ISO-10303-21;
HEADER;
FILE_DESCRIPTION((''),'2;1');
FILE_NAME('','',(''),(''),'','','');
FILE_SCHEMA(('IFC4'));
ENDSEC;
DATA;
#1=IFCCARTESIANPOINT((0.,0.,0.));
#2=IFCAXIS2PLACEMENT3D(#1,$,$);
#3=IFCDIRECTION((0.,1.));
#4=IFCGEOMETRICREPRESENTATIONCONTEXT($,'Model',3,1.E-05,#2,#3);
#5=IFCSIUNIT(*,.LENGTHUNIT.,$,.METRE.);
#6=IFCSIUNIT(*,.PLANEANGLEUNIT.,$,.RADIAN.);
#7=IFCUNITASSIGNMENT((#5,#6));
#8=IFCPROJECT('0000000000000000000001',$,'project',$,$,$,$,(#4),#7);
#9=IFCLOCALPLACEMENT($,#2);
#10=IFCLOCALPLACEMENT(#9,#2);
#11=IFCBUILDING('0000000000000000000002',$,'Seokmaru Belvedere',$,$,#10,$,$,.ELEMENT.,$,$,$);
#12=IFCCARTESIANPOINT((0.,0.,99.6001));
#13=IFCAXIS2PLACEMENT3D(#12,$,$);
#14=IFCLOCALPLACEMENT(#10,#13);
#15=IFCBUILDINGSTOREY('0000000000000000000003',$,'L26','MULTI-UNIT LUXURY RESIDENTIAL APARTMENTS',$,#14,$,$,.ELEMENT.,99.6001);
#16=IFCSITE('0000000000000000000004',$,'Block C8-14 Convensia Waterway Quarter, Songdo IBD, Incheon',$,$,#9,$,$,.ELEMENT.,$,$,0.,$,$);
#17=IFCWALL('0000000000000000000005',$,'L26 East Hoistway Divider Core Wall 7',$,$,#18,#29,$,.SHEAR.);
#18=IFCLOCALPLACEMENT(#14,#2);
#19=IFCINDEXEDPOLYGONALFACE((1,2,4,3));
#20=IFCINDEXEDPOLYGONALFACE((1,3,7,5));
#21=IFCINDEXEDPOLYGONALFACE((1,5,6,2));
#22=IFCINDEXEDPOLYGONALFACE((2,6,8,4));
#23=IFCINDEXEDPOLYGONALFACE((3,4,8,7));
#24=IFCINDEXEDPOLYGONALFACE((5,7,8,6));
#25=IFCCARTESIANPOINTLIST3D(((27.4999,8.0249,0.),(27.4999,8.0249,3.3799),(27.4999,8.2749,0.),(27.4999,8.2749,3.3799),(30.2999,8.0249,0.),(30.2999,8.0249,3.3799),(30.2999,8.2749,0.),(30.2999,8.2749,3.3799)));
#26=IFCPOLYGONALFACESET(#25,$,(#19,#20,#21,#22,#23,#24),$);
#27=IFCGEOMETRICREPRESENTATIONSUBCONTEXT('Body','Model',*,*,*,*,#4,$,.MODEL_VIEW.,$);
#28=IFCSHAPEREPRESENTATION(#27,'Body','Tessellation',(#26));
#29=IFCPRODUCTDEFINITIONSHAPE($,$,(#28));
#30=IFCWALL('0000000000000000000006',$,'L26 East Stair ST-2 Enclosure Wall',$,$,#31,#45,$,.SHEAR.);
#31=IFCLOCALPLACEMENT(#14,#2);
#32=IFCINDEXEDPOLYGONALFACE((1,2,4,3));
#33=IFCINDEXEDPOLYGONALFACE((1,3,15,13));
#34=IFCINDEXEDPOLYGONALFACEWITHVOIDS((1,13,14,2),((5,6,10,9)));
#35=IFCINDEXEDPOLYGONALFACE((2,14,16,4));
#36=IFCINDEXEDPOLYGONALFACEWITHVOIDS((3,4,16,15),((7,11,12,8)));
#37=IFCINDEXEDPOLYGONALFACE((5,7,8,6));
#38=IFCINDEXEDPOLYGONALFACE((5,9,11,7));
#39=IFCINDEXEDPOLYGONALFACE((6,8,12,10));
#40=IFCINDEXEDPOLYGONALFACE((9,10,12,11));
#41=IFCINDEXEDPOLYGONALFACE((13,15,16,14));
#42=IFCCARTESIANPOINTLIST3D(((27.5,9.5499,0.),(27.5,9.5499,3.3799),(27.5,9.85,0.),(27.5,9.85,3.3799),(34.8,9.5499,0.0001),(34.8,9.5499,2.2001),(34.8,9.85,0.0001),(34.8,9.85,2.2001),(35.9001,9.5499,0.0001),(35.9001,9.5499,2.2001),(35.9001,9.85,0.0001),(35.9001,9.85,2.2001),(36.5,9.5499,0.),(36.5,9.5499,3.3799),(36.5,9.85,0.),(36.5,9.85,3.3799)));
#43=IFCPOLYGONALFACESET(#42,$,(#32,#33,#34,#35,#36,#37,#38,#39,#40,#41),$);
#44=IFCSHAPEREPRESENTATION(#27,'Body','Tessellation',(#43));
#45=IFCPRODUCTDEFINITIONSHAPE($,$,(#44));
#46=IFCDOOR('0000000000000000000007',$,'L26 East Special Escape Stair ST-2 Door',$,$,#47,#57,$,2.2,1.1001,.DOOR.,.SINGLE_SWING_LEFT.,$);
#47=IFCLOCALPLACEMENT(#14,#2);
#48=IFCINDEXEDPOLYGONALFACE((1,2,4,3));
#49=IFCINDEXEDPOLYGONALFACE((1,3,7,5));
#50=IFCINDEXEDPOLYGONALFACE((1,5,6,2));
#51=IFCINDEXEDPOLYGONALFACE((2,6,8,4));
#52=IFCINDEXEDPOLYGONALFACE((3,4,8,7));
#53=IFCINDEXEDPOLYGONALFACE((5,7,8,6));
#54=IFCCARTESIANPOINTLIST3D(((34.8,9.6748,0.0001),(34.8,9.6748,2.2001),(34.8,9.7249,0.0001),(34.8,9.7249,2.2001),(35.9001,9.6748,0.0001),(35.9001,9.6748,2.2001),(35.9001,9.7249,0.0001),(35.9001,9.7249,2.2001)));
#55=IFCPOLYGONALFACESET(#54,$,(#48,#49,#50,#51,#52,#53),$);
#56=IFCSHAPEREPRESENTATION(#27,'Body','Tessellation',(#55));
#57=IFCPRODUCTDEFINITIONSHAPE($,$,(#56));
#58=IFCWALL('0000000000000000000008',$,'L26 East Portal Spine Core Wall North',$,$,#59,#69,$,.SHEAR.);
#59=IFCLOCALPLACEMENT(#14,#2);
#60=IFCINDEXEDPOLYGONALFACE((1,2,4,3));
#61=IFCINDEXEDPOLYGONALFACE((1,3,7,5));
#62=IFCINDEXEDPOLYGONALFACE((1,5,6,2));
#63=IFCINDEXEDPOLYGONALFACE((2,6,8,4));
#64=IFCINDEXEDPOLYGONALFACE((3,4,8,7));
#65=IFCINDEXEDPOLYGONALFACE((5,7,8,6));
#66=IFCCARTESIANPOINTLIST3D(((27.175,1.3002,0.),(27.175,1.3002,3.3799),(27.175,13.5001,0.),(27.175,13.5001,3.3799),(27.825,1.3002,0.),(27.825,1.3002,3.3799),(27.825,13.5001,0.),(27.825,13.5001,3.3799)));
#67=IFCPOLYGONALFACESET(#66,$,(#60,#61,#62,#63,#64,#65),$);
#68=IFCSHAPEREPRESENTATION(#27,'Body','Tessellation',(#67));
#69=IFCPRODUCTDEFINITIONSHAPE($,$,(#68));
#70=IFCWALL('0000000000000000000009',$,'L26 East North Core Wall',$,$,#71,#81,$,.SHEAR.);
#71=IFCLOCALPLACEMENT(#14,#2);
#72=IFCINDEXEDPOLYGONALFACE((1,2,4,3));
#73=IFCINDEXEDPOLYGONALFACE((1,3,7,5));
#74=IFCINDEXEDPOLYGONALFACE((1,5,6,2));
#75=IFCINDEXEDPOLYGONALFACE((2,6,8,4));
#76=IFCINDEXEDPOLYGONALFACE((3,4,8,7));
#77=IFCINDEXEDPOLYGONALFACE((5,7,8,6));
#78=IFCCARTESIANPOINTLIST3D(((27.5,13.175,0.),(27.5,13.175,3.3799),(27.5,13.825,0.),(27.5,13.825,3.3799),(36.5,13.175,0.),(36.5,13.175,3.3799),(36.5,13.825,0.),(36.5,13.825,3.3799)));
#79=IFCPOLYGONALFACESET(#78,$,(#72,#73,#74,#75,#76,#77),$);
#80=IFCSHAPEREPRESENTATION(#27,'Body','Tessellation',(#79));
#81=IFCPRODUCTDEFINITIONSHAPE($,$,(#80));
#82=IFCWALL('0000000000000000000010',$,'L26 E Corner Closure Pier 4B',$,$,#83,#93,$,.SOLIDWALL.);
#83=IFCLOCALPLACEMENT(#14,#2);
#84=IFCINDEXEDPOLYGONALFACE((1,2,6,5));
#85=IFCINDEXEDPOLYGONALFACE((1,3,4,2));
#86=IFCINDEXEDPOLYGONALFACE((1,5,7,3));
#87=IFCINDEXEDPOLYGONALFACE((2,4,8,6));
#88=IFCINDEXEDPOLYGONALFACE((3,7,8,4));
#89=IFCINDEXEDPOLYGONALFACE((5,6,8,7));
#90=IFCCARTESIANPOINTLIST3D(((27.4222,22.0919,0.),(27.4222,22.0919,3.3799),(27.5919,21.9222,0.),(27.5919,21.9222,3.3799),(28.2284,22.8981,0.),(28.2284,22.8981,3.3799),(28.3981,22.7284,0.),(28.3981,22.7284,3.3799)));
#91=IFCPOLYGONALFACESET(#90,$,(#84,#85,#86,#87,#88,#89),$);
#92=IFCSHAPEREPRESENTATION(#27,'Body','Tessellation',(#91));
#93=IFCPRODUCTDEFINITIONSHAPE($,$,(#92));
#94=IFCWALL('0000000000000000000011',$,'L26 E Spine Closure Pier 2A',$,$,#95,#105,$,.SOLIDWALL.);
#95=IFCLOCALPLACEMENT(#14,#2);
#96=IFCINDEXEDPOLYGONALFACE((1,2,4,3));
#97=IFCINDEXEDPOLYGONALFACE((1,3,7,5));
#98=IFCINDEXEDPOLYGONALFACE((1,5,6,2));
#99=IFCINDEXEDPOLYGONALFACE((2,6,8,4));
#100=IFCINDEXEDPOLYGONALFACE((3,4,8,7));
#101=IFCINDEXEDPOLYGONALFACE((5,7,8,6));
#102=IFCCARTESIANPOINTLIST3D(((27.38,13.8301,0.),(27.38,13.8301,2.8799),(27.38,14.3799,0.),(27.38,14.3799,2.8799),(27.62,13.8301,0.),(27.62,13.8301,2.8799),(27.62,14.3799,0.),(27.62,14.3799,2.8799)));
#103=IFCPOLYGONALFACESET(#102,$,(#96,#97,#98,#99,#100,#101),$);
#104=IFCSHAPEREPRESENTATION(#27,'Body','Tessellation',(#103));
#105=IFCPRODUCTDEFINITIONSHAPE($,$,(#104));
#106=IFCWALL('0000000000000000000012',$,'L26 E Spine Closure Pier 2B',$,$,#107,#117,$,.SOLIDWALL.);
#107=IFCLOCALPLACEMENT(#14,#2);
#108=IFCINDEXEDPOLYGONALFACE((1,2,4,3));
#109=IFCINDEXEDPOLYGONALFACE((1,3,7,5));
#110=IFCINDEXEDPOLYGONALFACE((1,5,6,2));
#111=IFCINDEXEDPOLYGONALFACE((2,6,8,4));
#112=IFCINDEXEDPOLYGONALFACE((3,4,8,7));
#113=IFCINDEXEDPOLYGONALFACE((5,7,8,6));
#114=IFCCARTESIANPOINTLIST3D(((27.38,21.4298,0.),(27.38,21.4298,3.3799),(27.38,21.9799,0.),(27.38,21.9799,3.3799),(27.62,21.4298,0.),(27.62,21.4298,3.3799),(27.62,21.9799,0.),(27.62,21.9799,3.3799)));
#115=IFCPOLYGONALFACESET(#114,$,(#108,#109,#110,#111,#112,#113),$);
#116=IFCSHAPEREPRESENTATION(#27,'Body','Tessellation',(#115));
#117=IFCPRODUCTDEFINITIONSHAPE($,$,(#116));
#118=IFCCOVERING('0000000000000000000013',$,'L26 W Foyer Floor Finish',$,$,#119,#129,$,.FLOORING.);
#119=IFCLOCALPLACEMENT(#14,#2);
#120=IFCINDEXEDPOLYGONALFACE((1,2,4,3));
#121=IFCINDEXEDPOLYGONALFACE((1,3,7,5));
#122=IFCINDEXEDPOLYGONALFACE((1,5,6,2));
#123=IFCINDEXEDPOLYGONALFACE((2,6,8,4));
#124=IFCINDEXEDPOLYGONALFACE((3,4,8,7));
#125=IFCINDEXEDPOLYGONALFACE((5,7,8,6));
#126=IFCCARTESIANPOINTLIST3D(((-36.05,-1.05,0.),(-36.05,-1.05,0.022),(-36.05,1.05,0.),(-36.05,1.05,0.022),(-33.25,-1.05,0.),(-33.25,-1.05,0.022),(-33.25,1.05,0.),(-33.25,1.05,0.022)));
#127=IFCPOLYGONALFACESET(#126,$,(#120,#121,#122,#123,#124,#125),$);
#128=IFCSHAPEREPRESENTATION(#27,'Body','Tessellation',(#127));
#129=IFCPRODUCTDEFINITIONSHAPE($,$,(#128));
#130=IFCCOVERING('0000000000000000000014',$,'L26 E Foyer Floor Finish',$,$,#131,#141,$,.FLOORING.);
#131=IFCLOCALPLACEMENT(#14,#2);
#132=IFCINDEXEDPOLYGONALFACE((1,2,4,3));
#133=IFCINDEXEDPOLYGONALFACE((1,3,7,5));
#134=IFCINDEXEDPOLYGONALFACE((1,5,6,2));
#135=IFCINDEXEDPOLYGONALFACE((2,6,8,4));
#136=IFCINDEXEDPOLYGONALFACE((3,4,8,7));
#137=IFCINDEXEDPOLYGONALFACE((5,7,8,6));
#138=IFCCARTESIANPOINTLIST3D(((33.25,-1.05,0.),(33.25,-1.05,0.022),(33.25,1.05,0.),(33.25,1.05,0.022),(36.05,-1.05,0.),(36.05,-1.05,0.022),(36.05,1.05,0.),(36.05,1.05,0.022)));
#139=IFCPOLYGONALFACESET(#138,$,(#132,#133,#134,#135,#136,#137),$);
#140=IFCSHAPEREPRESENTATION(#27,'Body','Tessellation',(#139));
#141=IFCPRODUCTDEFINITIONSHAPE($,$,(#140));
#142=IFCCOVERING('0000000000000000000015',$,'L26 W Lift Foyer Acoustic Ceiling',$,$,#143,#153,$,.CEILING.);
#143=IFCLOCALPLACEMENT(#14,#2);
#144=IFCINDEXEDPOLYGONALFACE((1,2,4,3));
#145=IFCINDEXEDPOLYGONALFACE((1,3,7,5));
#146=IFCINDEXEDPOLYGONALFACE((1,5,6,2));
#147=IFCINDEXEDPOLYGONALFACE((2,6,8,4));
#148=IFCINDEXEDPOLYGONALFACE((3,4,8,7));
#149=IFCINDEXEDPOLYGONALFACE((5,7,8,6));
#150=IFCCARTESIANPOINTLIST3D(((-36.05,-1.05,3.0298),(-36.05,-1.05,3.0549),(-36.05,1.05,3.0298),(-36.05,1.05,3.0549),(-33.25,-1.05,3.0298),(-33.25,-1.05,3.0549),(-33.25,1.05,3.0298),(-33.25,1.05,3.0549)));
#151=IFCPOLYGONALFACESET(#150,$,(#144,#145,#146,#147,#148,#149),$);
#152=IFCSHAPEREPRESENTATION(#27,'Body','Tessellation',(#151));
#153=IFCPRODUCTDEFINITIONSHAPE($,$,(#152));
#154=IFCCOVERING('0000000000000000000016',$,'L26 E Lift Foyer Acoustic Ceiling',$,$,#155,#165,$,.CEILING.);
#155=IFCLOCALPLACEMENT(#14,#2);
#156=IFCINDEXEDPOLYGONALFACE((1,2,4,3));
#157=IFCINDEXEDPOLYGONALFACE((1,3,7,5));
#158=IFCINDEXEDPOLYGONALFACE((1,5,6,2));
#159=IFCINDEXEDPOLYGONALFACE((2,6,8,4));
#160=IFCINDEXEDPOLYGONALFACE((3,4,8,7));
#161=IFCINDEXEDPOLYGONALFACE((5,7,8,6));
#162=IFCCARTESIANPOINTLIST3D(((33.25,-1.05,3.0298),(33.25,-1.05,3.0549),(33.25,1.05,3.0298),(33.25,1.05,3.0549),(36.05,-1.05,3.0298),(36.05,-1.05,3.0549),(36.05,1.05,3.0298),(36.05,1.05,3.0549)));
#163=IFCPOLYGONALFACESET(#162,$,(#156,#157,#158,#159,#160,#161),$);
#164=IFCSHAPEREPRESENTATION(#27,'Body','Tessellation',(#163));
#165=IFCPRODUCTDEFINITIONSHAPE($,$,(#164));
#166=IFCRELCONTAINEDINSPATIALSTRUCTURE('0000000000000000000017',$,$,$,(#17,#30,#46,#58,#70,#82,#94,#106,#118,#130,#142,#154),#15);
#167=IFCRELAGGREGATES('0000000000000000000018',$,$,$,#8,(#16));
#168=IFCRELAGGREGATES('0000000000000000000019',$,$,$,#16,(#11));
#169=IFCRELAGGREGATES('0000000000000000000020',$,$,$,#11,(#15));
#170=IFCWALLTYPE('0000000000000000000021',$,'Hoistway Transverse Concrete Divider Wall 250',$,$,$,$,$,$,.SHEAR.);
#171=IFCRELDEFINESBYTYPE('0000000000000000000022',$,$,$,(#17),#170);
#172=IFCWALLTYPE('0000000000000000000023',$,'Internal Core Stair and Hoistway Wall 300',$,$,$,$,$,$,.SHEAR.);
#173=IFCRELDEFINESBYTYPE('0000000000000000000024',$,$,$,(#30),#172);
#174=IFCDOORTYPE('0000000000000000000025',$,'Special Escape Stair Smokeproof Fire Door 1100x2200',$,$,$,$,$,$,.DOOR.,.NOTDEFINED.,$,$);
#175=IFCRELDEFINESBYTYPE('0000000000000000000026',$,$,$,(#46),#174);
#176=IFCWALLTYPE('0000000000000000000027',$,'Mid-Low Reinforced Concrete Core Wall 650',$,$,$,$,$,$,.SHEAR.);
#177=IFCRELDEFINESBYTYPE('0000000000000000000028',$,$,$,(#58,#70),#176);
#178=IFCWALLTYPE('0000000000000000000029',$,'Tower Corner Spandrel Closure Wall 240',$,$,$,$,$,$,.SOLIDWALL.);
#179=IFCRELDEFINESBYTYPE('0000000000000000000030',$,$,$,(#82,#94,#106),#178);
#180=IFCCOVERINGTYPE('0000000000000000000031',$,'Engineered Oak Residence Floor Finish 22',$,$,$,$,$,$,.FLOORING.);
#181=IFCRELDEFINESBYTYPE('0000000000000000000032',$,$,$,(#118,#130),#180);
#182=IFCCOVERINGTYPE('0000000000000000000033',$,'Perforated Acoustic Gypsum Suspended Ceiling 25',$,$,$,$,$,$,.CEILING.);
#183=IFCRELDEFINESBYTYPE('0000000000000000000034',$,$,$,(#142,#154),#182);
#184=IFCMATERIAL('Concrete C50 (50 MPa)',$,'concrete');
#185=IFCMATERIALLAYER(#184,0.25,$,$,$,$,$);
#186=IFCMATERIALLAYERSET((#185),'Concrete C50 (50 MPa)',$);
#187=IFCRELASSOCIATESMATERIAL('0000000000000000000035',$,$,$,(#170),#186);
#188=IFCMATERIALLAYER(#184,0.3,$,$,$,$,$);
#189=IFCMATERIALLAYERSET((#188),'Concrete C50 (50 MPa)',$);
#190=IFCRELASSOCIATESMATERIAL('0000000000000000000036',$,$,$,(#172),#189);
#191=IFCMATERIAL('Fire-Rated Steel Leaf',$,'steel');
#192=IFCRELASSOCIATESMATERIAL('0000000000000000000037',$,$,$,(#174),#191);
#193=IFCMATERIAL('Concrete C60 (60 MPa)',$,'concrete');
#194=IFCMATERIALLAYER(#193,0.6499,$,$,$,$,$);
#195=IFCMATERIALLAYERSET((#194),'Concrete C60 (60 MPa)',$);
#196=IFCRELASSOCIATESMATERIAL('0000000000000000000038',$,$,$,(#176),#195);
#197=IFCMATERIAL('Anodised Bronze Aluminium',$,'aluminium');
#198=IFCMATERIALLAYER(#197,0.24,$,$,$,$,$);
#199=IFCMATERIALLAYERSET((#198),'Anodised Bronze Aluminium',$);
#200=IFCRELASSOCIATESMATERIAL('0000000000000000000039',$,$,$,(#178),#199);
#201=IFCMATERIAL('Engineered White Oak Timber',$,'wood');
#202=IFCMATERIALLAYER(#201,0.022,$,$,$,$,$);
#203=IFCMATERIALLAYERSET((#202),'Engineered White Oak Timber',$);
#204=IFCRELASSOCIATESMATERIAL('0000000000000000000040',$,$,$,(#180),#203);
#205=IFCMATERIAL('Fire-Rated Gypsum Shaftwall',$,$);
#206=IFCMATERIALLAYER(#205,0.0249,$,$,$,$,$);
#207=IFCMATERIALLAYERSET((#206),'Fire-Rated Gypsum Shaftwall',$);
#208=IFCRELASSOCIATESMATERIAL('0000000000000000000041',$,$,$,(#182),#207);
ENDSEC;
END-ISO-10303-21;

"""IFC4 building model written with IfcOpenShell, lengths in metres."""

from ifc_helpers import new_model, si_unit, direction, frame, frame_2d, origin, place, context, subcontext, project, spatial, polyline, rectangle, outline, extrude, source, transform, mapped, material, layer, layer_set, type_object, type_shapes, element, fill, save


model = new_model("IFC4")

# Units and contexts
model_context = context("Model", 3, precision=1e-05, world=origin(), true_north=direction((0.0, 1.0)))
body_context = subcontext(model_context, "Body", "Model", "MODEL_VIEW")
ifc_project = project(units=[si_unit("LENGTHUNIT", "METRE"), si_unit("PLANEANGLEUNIT", "RADIAN")], contexts=[model_context])

# Site, building, storey
site_placement = place(None, origin())
site = spatial("IfcSite", under=ifc_project, at=site_placement, Name="Block C8-14 Convensia Waterway Quarter, Songdo IBD, Incheon", CompositionType="ELEMENT", RefElevation=0.0)
building_placement = place(site_placement, origin())
building = spatial("IfcBuilding", under=site, at=building_placement, Name="Seokmaru Belvedere", CompositionType="ELEMENT")
storey_placement = place(building_placement, frame((0.0, 0.0, 99.6001)))
storey = spatial("IfcBuildingStorey", under=building, at=storey_placement, Name="L26", Description="MULTI-UNIT LUXURY RESIDENTIAL APARTMENTS", CompositionType="ELEMENT", Elevation=99.6001)

# Shared definitions
ifc_material_1 = material(Name="Anodised Bronze Aluminium", Category="aluminium")

# Shared definitions
ifc_material_2 = material(Name="Fire-Rated Gypsum Shaftwall")
ifc_material_3 = material(Name="Engineered White Oak Timber", Category="wood")

# Wall
ifc_material_4 = material(Name="Concrete C50 (50 MPa)", Category="concrete")
ifc_layer_1 = layer(ifc_material_4, 0.25)
ifc_layer_set_1 = layer_set([ifc_layer_1], Name="Concrete C50 (50 MPa)")
wall_type_1 = type_object("IfcWallType", Name="Hoistway Transverse Concrete Divider Wall 250", PredefinedType="SHEAR", material=ifc_layer_set_1)
for number, where, z_axis, x_axis, name in (
    (1, (27.5, 8.1499, 0.0), (0.0, 0.0, 1.0), (1.0, 0.0, 0.0), "L26 East Hoistway Divider Core Wall 7"),
):
    element("IfcWall", number, at=place(storey_placement, frame(where, z_axis=z_axis, x_axis=x_axis)), inside=storey, type_object=wall_type_1, Name=name, PredefinedType="SHEAR", context=body_context, shape_type="SweptSolid", body=[
        extrude(rectangle(XDim=2.8, YDim=0.25, at=frame_2d((1.3999, 0.0))), origin(), (0.0, 0.0, 1.0), 3.3799),
    ])

# Wall, opening, door
ifc_layer_2 = layer(ifc_material_4, 0.3)
ifc_layer_set_2 = layer_set([ifc_layer_2], Name="Concrete C50 (50 MPa)")
wall_type_2 = type_object("IfcWallType", Name="Internal Core Stair and Hoistway Wall 300", PredefinedType="SHEAR", material=ifc_layer_set_2)
wall_1_placement = place(storey_placement, frame((27.5, 9.7, 0.0), z_axis=(0.0, 0.0, 1.0), x_axis=(1.0, 0.0, 0.0)))
wall_1 = element("IfcWall", 2, at=wall_1_placement, inside=storey, type_object=wall_type_2, Name="L26 East Stair ST-2 Enclosure Wall", PredefinedType="SHEAR", context=body_context, shape_type="SweptSolid", body=[
    extrude(rectangle(XDim=9.0, YDim=0.3, at=frame_2d((4.5, 0.0))), origin(), (0.0, 0.0, 1.0), 3.3799),
])
opening_1_placement = place(wall_1_placement, frame((7.3, 0.0, 0.0)))
opening_1 = element("IfcOpeningElement", 3, at=opening_1_placement, cuts=wall_1, PredefinedType="OPENING", context=body_context, shape_type="SweptSolid", body=[
    extrude(rectangle(XDim=1.1001, YDim=2.2, at=frame_2d((0.55, 1.1001))), frame((0.0, 0.1602, 0.0), z_axis=(0.0, -1.0, 0.0), x_axis=(1.0, 0.0, 0.0)), (0.0, 0.0, 1.0), 0.3201),
])
ifc_material_5 = material(Name="Fire-Rated Steel Leaf", Category="steel")
door_type_1 = type_object("IfcDoorType", Name="Special Escape Stair Smokeproof Fire Door 1100x2200", OperationType="NOTDEFINED", PredefinedType="DOOR", material=ifc_material_5)
shared_shape_1 = source(origin(), body_context, "Body", "SweptSolid", [
    extrude(rectangle(XDim=1.1001, YDim=2.2, at=frame_2d((0.55, 1.1001))), frame((0.0, 0.0249, 0.0), z_axis=(0.0, -1.0, 0.0), x_axis=(1.0, 0.0, 0.0)), (0.0, 0.0, 1.0), 0.05),
])
type_shapes(door_type_1, [shared_shape_1])
door_1_placement = place(opening_1_placement, origin())
door_1 = element("IfcDoor", 4, at=door_1_placement, inside=storey, type_object=door_type_1, Name="L26 East Special Escape Stair ST-2 Door", OperationType="SINGLE_SWING_LEFT", OverallHeight=2.2, OverallWidth=1.1001, PredefinedType="DOOR", context=body_context, shape_type="MappedRepresentation", body=[
    mapped(shared_shape_1, transform((0.0, 0.0, 0.0), scale=1.0)),
])
fill(opening_1, door_1)

# Walls
ifc_material_6 = material(Name="Concrete C60 (60 MPa)", Category="concrete")
ifc_layer_3 = layer(ifc_material_6, 0.6499)
ifc_layer_set_3 = layer_set([ifc_layer_3], Name="Concrete C60 (60 MPa)")
wall_type_3 = type_object("IfcWallType", Name="Mid-Low Reinforced Concrete Core Wall 650", PredefinedType="SHEAR", material=ifc_layer_set_3)
wall_2_placement = place(storey_placement, frame((27.5, 1.3, 0.0), z_axis=(0.0, 0.0, 1.0), x_axis=(0.0, 1.0, 0.0)))
element("IfcWall", 5, at=wall_2_placement, inside=storey, type_object=wall_type_3, Name="L26 East Portal Spine Core Wall North", PredefinedType="SHEAR", context=body_context, shape_type="SweptSolid", body=[
    extrude(rectangle(XDim=12.2, YDim=0.6499, at=frame_2d((6.1001, 0.0))), origin(), (0.0, 0.0, 1.0), 3.3799),
])
wall_3_placement = place(storey_placement, frame((27.5, 13.5, 0.0), z_axis=(0.0, 0.0, 1.0), x_axis=(1.0, 0.0, 0.0)))
element("IfcWall", 6, at=wall_3_placement, inside=storey, type_object=wall_type_3, Name="L26 East North Core Wall", PredefinedType="SHEAR", context=body_context, shape_type="SweptSolid", body=[
    extrude(rectangle(XDim=9.0, YDim=0.6499, at=frame_2d((4.5, 0.0))), origin(), (0.0, 0.0, 1.0), 3.3799),
])
ifc_layer_4 = layer(ifc_material_1, 0.24)
ifc_layer_set_4 = layer_set([ifc_layer_4], Name="Anodised Bronze Aluminium")
wall_type_4 = type_object("IfcWallType", Name="Tower Corner Spandrel Closure Wall 240", PredefinedType="SOLIDWALL", material=ifc_layer_set_4)
wall_4_placement = place(storey_placement, frame((28.3132, 22.8132, 0.0), z_axis=(0.0, 0.0, 1.0), x_axis=(-0.707107, -0.707107, 0.0)))
element("IfcWall", 7, at=wall_4_placement, inside=storey, type_object=wall_type_4, Name="L26 E Corner Closure Pier 4B", PredefinedType="SOLIDWALL", context=body_context, shape_type="SweptSolid", body=[
    extrude(rectangle(XDim=1.1401, YDim=0.24, at=frame_2d((0.5701, 0.0))), origin(), (0.0, 0.0, 1.0), 3.3799),
])
wall_5_placement = place(storey_placement, frame((27.5, 13.8301, 0.0), z_axis=(0.0, 0.0, 1.0), x_axis=(0.0, 1.0, 0.0)))
element("IfcWall", 8, at=wall_5_placement, inside=storey, type_object=wall_type_4, Name="L26 E Spine Closure Pier 2A", PredefinedType="SOLIDWALL", context=body_context, shape_type="SweptSolid", body=[
    extrude(rectangle(XDim=0.5498, YDim=0.24, at=frame_2d((0.2749, 0.0))), origin(), (0.0, 0.0, 1.0), 2.8799),
])
wall_6_placement = place(storey_placement, frame((27.5, 21.4299, 0.0), z_axis=(0.0, 0.0, 1.0), x_axis=(0.0, 1.0, 0.0)))
element("IfcWall", 9, at=wall_6_placement, inside=storey, type_object=wall_type_4, Name="L26 E Spine Closure Pier 2B", PredefinedType="SOLIDWALL", context=body_context, shape_type="SweptSolid", body=[
    extrude(rectangle(XDim=0.55, YDim=0.24, at=frame_2d((0.2749, 0.0))), origin(), (0.0, 0.0, 1.0), 3.3799),
])

# Coverings
ifc_layer_5 = layer(ifc_material_3, 0.022)
ifc_layer_set_5 = layer_set([ifc_layer_5], Name="Engineered White Oak Timber")
covering_type_1 = type_object("IfcCoveringType", Name="Engineered Oak Residence Floor Finish 22", PredefinedType="FLOORING", material=ifc_layer_set_5)
covering_1_placement = place(storey_placement, origin())
element("IfcCovering", 10, at=covering_1_placement, inside=storey, type_object=covering_type_1, Name="L26 W Foyer Floor Finish", PredefinedType="FLOORING", context=body_context, shape_type="SweptSolid", body=[
    extrude(outline(polyline([(-36.05, -1.05), (-33.25, -1.05), (-33.25, 1.05), (-36.05, 1.05), (-36.05, -1.05)])), origin(), (0.0, 0.0, 1.0), 0.022),
])
covering_2_placement = place(storey_placement, origin())
element("IfcCovering", 11, at=covering_2_placement, inside=storey, type_object=covering_type_1, Name="L26 E Foyer Floor Finish", PredefinedType="FLOORING", context=body_context, shape_type="SweptSolid", body=[
    extrude(outline(polyline([(33.25, -1.05), (36.05, -1.05), (36.05, 1.05), (33.25, 1.05), (33.25, -1.05)])), origin(), (0.0, 0.0, 1.0), 0.022),
])
ifc_layer_6 = layer(ifc_material_2, 0.0249)
ifc_layer_set_6 = layer_set([ifc_layer_6], Name="Fire-Rated Gypsum Shaftwall")
covering_type_2 = type_object("IfcCoveringType", Name="Perforated Acoustic Gypsum Suspended Ceiling 25", PredefinedType="CEILING", material=ifc_layer_set_6)
covering_3_placement = place(storey_placement, frame((0.0, 0.0, 3.0298)))
element("IfcCovering", 12, at=covering_3_placement, inside=storey, type_object=covering_type_2, Name="L26 W Lift Foyer Acoustic Ceiling", PredefinedType="CEILING", context=body_context, shape_type="SweptSolid", body=[
    extrude(outline(polyline([(-36.05, -1.05), (-33.25, -1.05), (-33.25, 1.05), (-36.05, 1.05), (-36.05, -1.05)])), origin(), (0.0, 0.0, 1.0), 0.0251),
])
covering_4_placement = place(storey_placement, frame((0.0, 0.0, 3.0298)))
element("IfcCovering", 13, at=covering_4_placement, inside=storey, type_object=covering_type_2, Name="L26 E Lift Foyer Acoustic Ceiling", PredefinedType="CEILING", context=body_context, shape_type="SweptSolid", body=[
    extrude(outline(polyline([(33.25, -1.05), (36.05, -1.05), (36.05, 1.05), (33.25, 1.05), (33.25, -1.05)])), origin(), (0.0, 0.0, 1.0), 0.0251),
])

save(model, "model.ifc")
